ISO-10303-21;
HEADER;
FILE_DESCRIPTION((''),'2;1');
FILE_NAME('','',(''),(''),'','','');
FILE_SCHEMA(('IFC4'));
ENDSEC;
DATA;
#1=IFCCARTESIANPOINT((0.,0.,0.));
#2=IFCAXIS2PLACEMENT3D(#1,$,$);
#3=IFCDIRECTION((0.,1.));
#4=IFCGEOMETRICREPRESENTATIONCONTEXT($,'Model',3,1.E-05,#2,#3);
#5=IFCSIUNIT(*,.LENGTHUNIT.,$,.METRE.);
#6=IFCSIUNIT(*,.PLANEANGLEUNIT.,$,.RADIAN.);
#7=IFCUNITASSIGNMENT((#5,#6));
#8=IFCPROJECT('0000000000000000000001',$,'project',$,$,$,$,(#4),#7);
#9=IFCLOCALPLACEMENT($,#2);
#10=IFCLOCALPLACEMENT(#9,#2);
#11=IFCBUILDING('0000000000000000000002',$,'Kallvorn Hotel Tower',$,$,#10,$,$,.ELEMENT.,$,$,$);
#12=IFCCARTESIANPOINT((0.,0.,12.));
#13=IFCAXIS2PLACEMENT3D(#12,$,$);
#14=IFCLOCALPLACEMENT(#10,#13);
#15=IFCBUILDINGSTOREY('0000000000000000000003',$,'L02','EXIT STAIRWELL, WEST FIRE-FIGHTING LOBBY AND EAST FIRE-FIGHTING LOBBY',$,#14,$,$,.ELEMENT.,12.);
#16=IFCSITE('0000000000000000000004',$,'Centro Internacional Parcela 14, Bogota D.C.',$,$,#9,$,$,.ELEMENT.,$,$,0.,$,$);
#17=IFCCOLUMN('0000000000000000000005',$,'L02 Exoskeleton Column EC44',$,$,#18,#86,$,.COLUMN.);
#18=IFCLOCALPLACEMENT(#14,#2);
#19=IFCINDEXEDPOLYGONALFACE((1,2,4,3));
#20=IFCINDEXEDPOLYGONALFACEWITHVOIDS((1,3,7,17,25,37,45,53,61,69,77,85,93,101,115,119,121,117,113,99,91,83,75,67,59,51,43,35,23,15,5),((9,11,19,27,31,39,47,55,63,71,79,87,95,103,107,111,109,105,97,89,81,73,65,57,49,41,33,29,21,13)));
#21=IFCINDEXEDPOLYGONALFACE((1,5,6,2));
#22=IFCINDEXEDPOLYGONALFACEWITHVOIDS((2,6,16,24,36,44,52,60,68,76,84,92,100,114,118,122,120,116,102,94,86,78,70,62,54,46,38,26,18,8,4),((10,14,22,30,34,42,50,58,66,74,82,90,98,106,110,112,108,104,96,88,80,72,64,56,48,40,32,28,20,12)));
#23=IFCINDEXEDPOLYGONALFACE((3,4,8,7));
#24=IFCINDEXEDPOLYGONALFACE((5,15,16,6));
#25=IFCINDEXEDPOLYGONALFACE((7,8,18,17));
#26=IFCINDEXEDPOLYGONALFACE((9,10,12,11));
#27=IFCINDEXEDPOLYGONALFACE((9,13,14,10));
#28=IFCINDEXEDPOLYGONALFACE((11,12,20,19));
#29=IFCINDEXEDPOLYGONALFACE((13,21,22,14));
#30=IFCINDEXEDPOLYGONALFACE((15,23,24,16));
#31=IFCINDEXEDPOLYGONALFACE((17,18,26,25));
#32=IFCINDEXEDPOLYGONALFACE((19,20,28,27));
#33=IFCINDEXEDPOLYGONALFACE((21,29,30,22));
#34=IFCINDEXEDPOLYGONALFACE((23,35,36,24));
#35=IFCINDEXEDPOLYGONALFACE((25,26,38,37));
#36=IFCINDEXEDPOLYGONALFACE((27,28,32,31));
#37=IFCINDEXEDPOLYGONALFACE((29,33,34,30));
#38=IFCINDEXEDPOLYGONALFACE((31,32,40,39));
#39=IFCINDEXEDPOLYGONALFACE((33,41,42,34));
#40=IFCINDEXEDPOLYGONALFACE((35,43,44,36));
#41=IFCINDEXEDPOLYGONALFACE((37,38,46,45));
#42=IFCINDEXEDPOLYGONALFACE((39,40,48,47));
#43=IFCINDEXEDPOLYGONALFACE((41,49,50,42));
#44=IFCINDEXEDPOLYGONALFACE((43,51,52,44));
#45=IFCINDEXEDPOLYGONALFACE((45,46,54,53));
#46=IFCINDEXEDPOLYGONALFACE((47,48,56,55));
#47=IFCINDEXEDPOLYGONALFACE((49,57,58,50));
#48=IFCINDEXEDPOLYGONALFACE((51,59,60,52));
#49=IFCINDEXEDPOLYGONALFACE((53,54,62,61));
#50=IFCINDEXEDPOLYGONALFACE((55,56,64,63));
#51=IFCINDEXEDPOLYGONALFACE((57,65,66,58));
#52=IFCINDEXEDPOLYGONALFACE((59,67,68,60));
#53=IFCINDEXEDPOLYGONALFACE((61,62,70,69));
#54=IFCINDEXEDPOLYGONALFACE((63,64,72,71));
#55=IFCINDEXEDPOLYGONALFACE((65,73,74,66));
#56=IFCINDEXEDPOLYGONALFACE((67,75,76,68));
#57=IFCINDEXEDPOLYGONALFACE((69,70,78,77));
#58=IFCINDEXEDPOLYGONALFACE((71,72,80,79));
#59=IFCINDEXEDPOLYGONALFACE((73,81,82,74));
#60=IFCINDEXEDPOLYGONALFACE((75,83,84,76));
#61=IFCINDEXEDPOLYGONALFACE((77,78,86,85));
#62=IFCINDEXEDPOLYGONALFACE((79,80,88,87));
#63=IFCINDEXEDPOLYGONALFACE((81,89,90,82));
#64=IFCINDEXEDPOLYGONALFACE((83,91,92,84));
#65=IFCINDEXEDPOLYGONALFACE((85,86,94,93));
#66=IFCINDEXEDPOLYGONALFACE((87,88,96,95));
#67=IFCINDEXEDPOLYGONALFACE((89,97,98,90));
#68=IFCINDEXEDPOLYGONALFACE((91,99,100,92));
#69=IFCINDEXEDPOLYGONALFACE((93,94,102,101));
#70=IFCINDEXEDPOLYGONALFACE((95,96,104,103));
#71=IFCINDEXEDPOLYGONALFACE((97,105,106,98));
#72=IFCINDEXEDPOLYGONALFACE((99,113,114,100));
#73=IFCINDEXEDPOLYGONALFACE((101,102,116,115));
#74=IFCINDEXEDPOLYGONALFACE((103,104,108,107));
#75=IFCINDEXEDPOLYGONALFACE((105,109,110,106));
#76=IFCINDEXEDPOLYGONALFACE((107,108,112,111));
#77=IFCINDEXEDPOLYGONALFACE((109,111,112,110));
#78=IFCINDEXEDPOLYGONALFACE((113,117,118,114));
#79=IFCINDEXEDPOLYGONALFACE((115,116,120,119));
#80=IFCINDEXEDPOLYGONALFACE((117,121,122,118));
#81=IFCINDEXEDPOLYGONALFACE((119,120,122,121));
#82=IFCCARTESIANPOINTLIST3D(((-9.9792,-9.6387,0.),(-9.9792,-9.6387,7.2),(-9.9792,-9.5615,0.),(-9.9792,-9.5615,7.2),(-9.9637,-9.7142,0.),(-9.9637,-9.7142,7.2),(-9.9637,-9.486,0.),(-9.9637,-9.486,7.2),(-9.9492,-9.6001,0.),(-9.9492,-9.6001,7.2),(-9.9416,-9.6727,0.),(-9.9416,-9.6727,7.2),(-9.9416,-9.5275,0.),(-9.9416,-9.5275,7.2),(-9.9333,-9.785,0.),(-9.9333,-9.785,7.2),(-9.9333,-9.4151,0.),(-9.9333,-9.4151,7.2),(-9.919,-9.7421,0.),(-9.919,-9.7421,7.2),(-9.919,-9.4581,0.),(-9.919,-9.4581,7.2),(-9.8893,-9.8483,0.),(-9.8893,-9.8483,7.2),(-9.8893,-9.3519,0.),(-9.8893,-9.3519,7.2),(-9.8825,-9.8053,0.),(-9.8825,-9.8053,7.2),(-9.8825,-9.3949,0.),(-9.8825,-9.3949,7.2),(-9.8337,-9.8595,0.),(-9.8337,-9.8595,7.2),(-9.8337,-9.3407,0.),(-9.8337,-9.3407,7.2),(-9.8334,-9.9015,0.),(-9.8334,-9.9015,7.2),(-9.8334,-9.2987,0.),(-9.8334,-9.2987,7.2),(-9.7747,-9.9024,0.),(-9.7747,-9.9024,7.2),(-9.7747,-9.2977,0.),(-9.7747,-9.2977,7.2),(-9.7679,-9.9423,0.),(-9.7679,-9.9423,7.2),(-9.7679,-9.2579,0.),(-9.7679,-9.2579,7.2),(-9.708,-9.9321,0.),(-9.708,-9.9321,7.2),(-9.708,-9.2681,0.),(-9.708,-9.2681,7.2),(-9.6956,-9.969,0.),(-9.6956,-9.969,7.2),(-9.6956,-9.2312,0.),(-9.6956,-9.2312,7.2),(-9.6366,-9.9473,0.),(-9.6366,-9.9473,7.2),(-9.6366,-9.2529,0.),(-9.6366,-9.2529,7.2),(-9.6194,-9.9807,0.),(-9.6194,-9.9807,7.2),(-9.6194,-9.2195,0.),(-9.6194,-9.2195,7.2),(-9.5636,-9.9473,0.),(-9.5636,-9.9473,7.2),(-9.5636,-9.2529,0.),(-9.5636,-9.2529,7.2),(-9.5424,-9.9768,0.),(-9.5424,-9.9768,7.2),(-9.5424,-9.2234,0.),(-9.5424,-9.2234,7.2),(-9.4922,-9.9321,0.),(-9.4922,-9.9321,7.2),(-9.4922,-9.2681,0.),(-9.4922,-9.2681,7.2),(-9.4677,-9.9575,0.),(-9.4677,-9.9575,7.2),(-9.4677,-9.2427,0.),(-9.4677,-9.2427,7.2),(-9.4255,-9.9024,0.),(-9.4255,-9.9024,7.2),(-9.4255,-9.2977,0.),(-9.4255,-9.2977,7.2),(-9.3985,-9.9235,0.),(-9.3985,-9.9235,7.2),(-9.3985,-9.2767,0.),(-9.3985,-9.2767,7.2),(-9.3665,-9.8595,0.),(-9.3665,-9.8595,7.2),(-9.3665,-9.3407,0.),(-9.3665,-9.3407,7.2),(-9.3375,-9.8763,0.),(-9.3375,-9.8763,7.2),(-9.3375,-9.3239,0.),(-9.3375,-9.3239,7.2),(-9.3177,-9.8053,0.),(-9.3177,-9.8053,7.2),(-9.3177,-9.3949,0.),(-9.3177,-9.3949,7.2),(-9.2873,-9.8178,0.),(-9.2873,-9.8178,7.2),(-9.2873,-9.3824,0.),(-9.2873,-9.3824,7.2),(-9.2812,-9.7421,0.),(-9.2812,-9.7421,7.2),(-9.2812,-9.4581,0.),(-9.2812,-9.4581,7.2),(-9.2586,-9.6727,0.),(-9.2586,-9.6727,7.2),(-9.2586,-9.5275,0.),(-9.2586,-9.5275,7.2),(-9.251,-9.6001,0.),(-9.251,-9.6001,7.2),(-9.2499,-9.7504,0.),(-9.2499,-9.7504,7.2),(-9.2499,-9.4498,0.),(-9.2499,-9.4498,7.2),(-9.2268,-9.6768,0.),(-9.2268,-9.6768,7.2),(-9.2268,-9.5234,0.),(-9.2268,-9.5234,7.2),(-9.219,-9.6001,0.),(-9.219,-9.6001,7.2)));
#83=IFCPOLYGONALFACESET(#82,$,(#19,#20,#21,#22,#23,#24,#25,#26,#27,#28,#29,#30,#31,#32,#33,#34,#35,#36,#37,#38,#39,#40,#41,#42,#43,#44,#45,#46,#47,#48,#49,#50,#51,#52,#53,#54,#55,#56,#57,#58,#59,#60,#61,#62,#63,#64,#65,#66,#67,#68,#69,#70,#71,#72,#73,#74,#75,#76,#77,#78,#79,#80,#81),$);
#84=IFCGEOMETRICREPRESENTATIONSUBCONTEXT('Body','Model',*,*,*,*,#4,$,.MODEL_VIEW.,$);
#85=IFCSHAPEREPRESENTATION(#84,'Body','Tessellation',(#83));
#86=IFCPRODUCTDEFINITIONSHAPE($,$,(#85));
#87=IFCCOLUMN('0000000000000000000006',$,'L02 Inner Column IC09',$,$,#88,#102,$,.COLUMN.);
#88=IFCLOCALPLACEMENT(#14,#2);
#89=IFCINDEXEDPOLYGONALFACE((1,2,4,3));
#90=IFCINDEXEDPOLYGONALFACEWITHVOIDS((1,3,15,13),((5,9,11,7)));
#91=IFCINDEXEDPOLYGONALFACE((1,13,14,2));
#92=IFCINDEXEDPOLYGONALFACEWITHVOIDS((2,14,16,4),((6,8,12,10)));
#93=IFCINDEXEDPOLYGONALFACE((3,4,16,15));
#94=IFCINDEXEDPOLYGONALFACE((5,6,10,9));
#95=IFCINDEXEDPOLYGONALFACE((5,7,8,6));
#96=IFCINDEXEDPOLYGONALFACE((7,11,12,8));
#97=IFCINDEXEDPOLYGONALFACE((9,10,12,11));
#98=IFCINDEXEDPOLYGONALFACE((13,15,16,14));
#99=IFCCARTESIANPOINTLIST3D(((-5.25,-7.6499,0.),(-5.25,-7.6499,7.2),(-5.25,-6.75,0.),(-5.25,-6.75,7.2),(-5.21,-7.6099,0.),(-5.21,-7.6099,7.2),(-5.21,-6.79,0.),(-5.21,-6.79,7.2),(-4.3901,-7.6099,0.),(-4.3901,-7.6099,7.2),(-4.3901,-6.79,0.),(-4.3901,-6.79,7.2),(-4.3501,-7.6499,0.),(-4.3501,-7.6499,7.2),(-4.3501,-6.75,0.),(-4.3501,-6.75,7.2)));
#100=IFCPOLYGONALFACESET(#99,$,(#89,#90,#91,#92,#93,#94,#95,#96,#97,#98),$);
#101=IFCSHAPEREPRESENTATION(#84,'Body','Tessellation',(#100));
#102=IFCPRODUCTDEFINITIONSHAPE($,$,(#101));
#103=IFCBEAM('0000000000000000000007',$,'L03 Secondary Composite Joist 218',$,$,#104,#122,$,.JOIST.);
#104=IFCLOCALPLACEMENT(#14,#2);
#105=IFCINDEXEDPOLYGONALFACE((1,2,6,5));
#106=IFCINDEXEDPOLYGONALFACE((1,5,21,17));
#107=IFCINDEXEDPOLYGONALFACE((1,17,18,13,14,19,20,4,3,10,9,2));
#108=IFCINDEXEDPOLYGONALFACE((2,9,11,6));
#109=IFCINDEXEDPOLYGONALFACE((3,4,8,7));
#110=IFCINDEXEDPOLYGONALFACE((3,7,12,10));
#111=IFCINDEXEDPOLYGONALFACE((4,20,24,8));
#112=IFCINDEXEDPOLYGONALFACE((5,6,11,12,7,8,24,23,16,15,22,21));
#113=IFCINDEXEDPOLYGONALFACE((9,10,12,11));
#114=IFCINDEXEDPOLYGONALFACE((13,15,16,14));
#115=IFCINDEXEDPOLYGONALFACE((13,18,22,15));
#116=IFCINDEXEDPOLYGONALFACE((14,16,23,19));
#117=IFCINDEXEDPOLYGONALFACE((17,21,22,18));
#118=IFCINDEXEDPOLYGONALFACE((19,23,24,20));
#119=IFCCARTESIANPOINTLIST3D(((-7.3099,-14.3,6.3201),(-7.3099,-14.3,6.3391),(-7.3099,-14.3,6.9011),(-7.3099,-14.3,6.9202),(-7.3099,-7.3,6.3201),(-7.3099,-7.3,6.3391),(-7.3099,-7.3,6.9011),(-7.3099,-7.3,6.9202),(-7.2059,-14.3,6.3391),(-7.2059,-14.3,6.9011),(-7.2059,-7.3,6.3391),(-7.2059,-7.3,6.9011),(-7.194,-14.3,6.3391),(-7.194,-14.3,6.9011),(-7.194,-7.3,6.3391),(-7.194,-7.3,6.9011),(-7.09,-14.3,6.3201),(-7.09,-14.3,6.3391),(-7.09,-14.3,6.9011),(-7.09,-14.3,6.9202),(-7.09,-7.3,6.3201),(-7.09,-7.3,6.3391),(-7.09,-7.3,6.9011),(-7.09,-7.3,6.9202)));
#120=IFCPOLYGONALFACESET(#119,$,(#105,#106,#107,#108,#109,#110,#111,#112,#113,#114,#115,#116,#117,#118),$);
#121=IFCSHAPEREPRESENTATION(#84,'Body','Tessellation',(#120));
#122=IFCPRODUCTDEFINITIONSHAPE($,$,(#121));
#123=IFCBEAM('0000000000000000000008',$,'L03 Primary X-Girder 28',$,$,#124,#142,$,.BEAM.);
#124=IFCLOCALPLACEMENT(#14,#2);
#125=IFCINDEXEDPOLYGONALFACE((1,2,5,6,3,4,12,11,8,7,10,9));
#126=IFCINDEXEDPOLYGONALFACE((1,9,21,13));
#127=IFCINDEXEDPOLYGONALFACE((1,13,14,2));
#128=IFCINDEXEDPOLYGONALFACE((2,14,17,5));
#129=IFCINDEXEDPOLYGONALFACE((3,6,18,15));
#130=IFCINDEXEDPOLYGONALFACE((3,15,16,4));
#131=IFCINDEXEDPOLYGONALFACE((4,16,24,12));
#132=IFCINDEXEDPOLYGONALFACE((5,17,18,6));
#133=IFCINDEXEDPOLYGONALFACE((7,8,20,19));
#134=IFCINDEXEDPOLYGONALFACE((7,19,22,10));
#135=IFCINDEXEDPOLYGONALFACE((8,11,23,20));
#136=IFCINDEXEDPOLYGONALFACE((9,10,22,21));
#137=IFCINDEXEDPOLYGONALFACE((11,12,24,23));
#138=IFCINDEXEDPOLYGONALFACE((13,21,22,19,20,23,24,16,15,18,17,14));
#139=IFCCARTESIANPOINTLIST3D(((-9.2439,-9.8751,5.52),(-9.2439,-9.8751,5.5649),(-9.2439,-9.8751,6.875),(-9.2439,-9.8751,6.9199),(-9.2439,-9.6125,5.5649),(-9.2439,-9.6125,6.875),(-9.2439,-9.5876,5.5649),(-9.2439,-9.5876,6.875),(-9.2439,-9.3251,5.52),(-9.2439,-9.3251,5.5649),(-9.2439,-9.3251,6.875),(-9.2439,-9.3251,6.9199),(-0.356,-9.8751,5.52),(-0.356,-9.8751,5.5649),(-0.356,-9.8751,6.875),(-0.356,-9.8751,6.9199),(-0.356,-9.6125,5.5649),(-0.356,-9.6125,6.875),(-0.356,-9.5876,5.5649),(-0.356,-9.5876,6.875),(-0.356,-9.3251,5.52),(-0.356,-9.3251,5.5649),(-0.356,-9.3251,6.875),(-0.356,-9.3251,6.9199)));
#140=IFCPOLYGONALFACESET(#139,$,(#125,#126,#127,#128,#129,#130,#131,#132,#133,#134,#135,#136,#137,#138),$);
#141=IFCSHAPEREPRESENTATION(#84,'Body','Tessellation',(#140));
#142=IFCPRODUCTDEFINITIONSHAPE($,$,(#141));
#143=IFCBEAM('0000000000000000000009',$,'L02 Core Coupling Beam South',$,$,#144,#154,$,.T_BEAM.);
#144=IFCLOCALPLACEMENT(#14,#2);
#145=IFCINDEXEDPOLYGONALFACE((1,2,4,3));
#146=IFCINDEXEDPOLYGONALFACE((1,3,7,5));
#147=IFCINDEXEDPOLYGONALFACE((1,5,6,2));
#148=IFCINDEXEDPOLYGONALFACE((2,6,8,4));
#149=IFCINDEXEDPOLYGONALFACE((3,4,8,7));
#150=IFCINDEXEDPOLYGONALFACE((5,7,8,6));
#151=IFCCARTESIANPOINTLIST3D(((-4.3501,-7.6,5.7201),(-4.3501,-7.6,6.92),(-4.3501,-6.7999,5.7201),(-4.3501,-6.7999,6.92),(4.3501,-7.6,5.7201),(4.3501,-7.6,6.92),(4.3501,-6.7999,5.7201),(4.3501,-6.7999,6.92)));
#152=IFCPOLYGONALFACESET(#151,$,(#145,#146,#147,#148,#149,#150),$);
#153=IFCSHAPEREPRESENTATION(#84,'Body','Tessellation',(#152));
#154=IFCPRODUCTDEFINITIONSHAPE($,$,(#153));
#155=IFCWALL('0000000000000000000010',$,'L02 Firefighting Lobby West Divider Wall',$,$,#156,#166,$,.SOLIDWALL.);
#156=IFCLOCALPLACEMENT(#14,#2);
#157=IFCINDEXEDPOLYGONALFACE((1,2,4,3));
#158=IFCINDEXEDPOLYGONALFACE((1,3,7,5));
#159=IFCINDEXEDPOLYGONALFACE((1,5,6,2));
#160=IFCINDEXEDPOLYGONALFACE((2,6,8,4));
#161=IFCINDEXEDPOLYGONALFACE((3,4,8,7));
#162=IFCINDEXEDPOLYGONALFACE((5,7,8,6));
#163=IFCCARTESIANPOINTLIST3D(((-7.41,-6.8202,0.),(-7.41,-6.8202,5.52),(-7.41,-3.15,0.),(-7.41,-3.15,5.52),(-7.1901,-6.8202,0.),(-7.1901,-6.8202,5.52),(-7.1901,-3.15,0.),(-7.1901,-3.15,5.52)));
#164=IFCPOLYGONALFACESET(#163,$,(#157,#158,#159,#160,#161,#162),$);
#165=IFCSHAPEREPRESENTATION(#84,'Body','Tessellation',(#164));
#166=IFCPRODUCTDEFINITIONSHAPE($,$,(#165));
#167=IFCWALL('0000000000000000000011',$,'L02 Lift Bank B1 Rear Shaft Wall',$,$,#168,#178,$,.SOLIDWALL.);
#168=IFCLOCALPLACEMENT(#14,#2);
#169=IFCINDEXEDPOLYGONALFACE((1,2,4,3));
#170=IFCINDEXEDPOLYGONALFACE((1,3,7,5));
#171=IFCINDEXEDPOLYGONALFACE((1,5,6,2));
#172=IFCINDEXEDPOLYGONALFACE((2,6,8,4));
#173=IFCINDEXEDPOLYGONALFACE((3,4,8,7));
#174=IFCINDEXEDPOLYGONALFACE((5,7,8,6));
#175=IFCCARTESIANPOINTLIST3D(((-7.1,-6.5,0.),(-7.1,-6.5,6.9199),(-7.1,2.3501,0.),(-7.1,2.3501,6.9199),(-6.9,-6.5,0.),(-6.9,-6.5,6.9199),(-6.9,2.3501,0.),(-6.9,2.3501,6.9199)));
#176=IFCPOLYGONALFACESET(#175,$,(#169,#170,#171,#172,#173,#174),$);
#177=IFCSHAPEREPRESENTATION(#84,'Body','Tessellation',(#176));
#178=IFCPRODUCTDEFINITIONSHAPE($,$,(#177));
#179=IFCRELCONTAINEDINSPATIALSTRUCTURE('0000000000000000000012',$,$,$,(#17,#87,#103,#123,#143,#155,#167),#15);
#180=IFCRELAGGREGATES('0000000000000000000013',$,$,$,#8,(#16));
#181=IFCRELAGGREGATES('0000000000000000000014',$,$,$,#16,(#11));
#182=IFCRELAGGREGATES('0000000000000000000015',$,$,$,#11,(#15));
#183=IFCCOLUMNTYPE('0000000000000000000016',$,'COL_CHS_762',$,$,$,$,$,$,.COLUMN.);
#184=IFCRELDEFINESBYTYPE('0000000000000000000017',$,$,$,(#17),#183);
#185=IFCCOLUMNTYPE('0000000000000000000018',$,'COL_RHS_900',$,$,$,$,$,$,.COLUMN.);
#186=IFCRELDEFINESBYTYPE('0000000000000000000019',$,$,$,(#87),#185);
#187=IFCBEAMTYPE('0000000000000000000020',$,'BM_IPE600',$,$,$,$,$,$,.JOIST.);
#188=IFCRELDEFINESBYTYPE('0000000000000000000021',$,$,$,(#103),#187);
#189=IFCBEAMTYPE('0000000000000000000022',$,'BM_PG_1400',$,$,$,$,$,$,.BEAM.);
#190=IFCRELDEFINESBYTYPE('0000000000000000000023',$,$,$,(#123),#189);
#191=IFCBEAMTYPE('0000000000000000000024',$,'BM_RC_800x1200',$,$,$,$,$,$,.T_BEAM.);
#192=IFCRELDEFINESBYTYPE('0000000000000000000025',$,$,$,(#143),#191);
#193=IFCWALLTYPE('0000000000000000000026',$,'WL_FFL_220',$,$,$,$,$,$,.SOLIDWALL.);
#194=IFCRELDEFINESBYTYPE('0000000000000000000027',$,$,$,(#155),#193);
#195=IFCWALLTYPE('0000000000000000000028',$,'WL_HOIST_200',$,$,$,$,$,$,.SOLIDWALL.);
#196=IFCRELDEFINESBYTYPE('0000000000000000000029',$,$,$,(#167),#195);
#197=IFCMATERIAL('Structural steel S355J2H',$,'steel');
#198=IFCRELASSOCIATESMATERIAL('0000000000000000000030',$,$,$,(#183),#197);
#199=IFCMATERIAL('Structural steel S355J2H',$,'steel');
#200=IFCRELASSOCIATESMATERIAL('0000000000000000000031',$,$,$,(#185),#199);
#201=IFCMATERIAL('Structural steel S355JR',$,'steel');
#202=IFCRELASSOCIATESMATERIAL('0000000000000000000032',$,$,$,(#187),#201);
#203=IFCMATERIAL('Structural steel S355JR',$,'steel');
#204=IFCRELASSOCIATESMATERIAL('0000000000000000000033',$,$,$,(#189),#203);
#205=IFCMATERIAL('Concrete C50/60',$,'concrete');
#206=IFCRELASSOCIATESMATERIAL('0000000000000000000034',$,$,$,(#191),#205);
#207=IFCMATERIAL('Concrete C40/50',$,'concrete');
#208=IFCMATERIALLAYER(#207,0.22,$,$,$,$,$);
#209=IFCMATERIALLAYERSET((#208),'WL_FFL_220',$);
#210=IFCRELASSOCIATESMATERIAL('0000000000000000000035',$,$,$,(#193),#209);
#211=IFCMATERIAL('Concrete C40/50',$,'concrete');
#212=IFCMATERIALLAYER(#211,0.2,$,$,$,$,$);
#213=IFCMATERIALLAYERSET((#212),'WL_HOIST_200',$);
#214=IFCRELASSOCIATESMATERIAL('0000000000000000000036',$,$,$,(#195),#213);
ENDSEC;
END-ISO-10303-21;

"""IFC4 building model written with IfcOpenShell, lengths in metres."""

from ifc_helpers import new_model, si_unit, direction, frame, frame_2d, origin, origin_2d, place, context, subcontext, project, spatial, rectangle, hollow_rectangle, hollow_circle, i_section, extrude, material, layer, layer_set, material_profile, profile_set, type_object, element, save


model = new_model("IFC4")

# Units and contexts
model_context = context("Model", 3, precision=1e-05, world=origin(), true_north=direction((0.0, 1.0)))
body_context = subcontext(model_context, "Body", "Model", "MODEL_VIEW")
ifc_project = project(units=[si_unit("LENGTHUNIT", "METRE"), si_unit("PLANEANGLEUNIT", "RADIAN")], contexts=[model_context])

# Site, building, storey
site_placement = place(None, origin())
site = spatial("IfcSite", under=ifc_project, at=site_placement, Name="Centro Internacional Parcela 14, Bogota D.C.", CompositionType="ELEMENT", RefElevation=0.0)
building_placement = place(site_placement, origin())
building = spatial("IfcBuilding", under=site, at=building_placement, Name="Kallvorn Hotel Tower", CompositionType="ELEMENT")
storey_placement = place(building_placement, frame((0.0, 0.0, 12.0)))
storey = spatial("IfcBuildingStorey", under=building, at=storey_placement, Name="L02", Description="EXIT STAIRWELL, WEST FIRE-FIGHTING LOBBY AND EAST FIRE-FIGHTING LOBBY", CompositionType="ELEMENT", Elevation=12.0)

# Columns
ifc_material_1 = material(Name="Structural steel S355J2H", Category="steel")
ifc_material_profile_1 = material_profile(ifc_material_1, hollow_circle(Radius=0.3811, WallThickness=0.032, at=origin_2d()), Name="CHS 762x32")
ifc_profile_set_1 = profile_set([ifc_material_profile_1], Name="Structural steel S355J2H")
column_type_1 = type_object("IfcColumnType", Name="COL_CHS_762", PredefinedType="COLUMN", material=ifc_profile_set_1)
column_1_placement = place(storey_placement, frame((-9.6001, -9.6001, 0.0), z_axis=(0.0, 0.0, 1.0), x_axis=(1.0, 0.0, 0.0)))
element("IfcColumn", 1, at=column_1_placement, inside=storey, type_object=column_type_1, Name="L02 Exoskeleton Column EC44", PredefinedType="COLUMN", context=body_context, shape_type="SweptSolid", body=[
    extrude(hollow_circle(Radius=0.3811, WallThickness=0.032, at=origin_2d()), origin(), (0.0, 0.0, 1.0), 7.2),
])
ifc_material_2 = material(Name="Structural steel S355J2H", Category="steel")
ifc_material_profile_2 = material_profile(ifc_material_2, hollow_rectangle(XDim=0.8999, YDim=0.8999, WallThickness=0.04, at=origin_2d()), Name="RHS 900x900x40")
ifc_profile_set_2 = profile_set([ifc_material_profile_2], Name="Structural steel S355J2H")
column_type_2 = type_object("IfcColumnType", Name="COL_RHS_900", PredefinedType="COLUMN", material=ifc_profile_set_2)
column_2_placement = place(storey_placement, frame((-4.8, -7.2, 0.0), z_axis=(0.0, 0.0, 1.0), x_axis=(1.0, 0.0, 0.0)))
element("IfcColumn", 2, at=column_2_placement, inside=storey, type_object=column_type_2, Name="L02 Inner Column IC09", PredefinedType="COLUMN", context=body_context, shape_type="SweptSolid", body=[
    extrude(hollow_rectangle(XDim=0.8999, YDim=0.8999, WallThickness=0.04, at=origin_2d()), origin(), (0.0, 0.0, 1.0), 7.2),
])

# Beams
ifc_material_3 = material(Name="Structural steel S355JR", Category="steel")
ifc_material_profile_3 = material_profile(ifc_material_3, i_section(OverallWidth=0.22, OverallDepth=0.6001, WebThickness=0.012, FlangeThickness=0.019, at=origin_2d()), Name="IPE 600")
ifc_profile_set_3 = profile_set([ifc_material_profile_3], Name="Structural steel S355JR")
beam_type_1 = type_object("IfcBeamType", Name="BM_IPE600", PredefinedType="JOIST", material=ifc_profile_set_3)
beam_1_placement = place(storey_placement, frame((-7.2, -14.3, 6.6201), z_axis=(0.0, 1.0, 0.0), x_axis=(-1.0, 0.0, 0.0)))
element("IfcBeam", 3, at=beam_1_placement, inside=storey, type_object=beam_type_1, Name="L03 Secondary Composite Joist 218", PredefinedType="JOIST", context=body_context, shape_type="SweptSolid", body=[
    extrude(i_section(OverallWidth=0.22, OverallDepth=0.6001, WebThickness=0.012, FlangeThickness=0.019, at=origin_2d()), origin(), (0.0, 0.0, 1.0), 7.0),
])
ifc_material_4 = material(Name="Structural steel S355JR", Category="steel")
ifc_material_profile_4 = material_profile(ifc_material_4, i_section(OverallWidth=0.55, OverallDepth=1.3999, WebThickness=0.0249, FlangeThickness=0.0449, at=origin_2d()), Name="PG 1400x550x25x45")
ifc_profile_set_4 = profile_set([ifc_material_profile_4], Name="Structural steel S355JR")
beam_type_2 = type_object("IfcBeamType", Name="BM_PG_1400", PredefinedType="BEAM", material=ifc_profile_set_4)
beam_2_placement = place(storey_placement, frame((-9.2439, -9.6001, 6.22), z_axis=(1.0, 0.0, 0.0), x_axis=(0.0, 1.0, 0.0)))
element("IfcBeam", 4, at=beam_2_placement, inside=storey, type_object=beam_type_2, Name="L03 Primary X-Girder 28", PredefinedType="BEAM", context=body_context, shape_type="SweptSolid", body=[
    extrude(i_section(OverallWidth=0.55, OverallDepth=1.3999, WebThickness=0.0249, FlangeThickness=0.0449, at=origin_2d()), origin(), (0.0, 0.0, 1.0), 8.8879),
])
ifc_material_5 = material(Name="Concrete C50/60", Category="concrete")
ifc_material_profile_5 = material_profile(ifc_material_5, rectangle(XDim=0.8, YDim=1.2, at=origin_2d()), Name="RC 800x1200")
ifc_profile_set_5 = profile_set([ifc_material_profile_5], Name="Concrete C50/60")
beam_type_3 = type_object("IfcBeamType", Name="BM_RC_800x1200", PredefinedType="T_BEAM", material=ifc_profile_set_5)
beam_3_placement = place(storey_placement, frame((-4.3501, -7.2, 6.3201), z_axis=(1.0, 0.0, 0.0), x_axis=(0.0, 1.0, 0.0)))
element("IfcBeam", 5, at=beam_3_placement, inside=storey, type_object=beam_type_3, Name="L02 Core Coupling Beam South", PredefinedType="T_BEAM", context=body_context, shape_type="SweptSolid", body=[
    extrude(rectangle(XDim=0.8, YDim=1.2, at=origin_2d()), origin(), (0.0, 0.0, 1.0), 8.7002),
])

# Walls
ifc_material_6 = material(Name="Concrete C40/50", Category="concrete")
ifc_layer_1 = layer(ifc_material_6, 0.22)
ifc_layer_set_1 = layer_set([ifc_layer_1], Name="WL_FFL_220")
wall_type_1 = type_object("IfcWallType", Name="WL_FFL_220", PredefinedType="SOLIDWALL", material=ifc_layer_set_1)
wall_1_placement = place(storey_placement, frame((-7.3, -6.8201, 0.0), z_axis=(0.0, 0.0, 1.0), x_axis=(0.0, 1.0, 0.0)))
element("IfcWall", 6, at=wall_1_placement, inside=storey, type_object=wall_type_1, Name="L02 Firefighting Lobby West Divider Wall", PredefinedType="SOLIDWALL", context=body_context, shape_type="SweptSolid", body=[
    extrude(rectangle(XDim=3.6702, YDim=0.22, at=frame_2d((1.835, 0.0))), origin(), (0.0, 0.0, 1.0), 5.52),
])
ifc_material_7 = material(Name="Concrete C40/50", Category="concrete")
ifc_layer_2 = layer(ifc_material_7, 0.2)
ifc_layer_set_2 = layer_set([ifc_layer_2], Name="WL_HOIST_200")
wall_type_2 = type_object("IfcWallType", Name="WL_HOIST_200", PredefinedType="SOLIDWALL", material=ifc_layer_set_2)
wall_2_placement = place(storey_placement, frame((-7.0, -6.5, 0.0), z_axis=(0.0, 0.0, 1.0), x_axis=(0.0, 1.0, 0.0)))
element("IfcWall", 7, at=wall_2_placement, inside=storey, type_object=wall_type_2, Name="L02 Lift Bank B1 Rear Shaft Wall", PredefinedType="SOLIDWALL", context=body_context, shape_type="SweptSolid", body=[
    extrude(rectangle(XDim=8.8501, YDim=0.2, at=frame_2d((4.425, 0.0))), origin(), (0.0, 0.0, 1.0), 6.9199),
])

save(model, "model.ifc")
